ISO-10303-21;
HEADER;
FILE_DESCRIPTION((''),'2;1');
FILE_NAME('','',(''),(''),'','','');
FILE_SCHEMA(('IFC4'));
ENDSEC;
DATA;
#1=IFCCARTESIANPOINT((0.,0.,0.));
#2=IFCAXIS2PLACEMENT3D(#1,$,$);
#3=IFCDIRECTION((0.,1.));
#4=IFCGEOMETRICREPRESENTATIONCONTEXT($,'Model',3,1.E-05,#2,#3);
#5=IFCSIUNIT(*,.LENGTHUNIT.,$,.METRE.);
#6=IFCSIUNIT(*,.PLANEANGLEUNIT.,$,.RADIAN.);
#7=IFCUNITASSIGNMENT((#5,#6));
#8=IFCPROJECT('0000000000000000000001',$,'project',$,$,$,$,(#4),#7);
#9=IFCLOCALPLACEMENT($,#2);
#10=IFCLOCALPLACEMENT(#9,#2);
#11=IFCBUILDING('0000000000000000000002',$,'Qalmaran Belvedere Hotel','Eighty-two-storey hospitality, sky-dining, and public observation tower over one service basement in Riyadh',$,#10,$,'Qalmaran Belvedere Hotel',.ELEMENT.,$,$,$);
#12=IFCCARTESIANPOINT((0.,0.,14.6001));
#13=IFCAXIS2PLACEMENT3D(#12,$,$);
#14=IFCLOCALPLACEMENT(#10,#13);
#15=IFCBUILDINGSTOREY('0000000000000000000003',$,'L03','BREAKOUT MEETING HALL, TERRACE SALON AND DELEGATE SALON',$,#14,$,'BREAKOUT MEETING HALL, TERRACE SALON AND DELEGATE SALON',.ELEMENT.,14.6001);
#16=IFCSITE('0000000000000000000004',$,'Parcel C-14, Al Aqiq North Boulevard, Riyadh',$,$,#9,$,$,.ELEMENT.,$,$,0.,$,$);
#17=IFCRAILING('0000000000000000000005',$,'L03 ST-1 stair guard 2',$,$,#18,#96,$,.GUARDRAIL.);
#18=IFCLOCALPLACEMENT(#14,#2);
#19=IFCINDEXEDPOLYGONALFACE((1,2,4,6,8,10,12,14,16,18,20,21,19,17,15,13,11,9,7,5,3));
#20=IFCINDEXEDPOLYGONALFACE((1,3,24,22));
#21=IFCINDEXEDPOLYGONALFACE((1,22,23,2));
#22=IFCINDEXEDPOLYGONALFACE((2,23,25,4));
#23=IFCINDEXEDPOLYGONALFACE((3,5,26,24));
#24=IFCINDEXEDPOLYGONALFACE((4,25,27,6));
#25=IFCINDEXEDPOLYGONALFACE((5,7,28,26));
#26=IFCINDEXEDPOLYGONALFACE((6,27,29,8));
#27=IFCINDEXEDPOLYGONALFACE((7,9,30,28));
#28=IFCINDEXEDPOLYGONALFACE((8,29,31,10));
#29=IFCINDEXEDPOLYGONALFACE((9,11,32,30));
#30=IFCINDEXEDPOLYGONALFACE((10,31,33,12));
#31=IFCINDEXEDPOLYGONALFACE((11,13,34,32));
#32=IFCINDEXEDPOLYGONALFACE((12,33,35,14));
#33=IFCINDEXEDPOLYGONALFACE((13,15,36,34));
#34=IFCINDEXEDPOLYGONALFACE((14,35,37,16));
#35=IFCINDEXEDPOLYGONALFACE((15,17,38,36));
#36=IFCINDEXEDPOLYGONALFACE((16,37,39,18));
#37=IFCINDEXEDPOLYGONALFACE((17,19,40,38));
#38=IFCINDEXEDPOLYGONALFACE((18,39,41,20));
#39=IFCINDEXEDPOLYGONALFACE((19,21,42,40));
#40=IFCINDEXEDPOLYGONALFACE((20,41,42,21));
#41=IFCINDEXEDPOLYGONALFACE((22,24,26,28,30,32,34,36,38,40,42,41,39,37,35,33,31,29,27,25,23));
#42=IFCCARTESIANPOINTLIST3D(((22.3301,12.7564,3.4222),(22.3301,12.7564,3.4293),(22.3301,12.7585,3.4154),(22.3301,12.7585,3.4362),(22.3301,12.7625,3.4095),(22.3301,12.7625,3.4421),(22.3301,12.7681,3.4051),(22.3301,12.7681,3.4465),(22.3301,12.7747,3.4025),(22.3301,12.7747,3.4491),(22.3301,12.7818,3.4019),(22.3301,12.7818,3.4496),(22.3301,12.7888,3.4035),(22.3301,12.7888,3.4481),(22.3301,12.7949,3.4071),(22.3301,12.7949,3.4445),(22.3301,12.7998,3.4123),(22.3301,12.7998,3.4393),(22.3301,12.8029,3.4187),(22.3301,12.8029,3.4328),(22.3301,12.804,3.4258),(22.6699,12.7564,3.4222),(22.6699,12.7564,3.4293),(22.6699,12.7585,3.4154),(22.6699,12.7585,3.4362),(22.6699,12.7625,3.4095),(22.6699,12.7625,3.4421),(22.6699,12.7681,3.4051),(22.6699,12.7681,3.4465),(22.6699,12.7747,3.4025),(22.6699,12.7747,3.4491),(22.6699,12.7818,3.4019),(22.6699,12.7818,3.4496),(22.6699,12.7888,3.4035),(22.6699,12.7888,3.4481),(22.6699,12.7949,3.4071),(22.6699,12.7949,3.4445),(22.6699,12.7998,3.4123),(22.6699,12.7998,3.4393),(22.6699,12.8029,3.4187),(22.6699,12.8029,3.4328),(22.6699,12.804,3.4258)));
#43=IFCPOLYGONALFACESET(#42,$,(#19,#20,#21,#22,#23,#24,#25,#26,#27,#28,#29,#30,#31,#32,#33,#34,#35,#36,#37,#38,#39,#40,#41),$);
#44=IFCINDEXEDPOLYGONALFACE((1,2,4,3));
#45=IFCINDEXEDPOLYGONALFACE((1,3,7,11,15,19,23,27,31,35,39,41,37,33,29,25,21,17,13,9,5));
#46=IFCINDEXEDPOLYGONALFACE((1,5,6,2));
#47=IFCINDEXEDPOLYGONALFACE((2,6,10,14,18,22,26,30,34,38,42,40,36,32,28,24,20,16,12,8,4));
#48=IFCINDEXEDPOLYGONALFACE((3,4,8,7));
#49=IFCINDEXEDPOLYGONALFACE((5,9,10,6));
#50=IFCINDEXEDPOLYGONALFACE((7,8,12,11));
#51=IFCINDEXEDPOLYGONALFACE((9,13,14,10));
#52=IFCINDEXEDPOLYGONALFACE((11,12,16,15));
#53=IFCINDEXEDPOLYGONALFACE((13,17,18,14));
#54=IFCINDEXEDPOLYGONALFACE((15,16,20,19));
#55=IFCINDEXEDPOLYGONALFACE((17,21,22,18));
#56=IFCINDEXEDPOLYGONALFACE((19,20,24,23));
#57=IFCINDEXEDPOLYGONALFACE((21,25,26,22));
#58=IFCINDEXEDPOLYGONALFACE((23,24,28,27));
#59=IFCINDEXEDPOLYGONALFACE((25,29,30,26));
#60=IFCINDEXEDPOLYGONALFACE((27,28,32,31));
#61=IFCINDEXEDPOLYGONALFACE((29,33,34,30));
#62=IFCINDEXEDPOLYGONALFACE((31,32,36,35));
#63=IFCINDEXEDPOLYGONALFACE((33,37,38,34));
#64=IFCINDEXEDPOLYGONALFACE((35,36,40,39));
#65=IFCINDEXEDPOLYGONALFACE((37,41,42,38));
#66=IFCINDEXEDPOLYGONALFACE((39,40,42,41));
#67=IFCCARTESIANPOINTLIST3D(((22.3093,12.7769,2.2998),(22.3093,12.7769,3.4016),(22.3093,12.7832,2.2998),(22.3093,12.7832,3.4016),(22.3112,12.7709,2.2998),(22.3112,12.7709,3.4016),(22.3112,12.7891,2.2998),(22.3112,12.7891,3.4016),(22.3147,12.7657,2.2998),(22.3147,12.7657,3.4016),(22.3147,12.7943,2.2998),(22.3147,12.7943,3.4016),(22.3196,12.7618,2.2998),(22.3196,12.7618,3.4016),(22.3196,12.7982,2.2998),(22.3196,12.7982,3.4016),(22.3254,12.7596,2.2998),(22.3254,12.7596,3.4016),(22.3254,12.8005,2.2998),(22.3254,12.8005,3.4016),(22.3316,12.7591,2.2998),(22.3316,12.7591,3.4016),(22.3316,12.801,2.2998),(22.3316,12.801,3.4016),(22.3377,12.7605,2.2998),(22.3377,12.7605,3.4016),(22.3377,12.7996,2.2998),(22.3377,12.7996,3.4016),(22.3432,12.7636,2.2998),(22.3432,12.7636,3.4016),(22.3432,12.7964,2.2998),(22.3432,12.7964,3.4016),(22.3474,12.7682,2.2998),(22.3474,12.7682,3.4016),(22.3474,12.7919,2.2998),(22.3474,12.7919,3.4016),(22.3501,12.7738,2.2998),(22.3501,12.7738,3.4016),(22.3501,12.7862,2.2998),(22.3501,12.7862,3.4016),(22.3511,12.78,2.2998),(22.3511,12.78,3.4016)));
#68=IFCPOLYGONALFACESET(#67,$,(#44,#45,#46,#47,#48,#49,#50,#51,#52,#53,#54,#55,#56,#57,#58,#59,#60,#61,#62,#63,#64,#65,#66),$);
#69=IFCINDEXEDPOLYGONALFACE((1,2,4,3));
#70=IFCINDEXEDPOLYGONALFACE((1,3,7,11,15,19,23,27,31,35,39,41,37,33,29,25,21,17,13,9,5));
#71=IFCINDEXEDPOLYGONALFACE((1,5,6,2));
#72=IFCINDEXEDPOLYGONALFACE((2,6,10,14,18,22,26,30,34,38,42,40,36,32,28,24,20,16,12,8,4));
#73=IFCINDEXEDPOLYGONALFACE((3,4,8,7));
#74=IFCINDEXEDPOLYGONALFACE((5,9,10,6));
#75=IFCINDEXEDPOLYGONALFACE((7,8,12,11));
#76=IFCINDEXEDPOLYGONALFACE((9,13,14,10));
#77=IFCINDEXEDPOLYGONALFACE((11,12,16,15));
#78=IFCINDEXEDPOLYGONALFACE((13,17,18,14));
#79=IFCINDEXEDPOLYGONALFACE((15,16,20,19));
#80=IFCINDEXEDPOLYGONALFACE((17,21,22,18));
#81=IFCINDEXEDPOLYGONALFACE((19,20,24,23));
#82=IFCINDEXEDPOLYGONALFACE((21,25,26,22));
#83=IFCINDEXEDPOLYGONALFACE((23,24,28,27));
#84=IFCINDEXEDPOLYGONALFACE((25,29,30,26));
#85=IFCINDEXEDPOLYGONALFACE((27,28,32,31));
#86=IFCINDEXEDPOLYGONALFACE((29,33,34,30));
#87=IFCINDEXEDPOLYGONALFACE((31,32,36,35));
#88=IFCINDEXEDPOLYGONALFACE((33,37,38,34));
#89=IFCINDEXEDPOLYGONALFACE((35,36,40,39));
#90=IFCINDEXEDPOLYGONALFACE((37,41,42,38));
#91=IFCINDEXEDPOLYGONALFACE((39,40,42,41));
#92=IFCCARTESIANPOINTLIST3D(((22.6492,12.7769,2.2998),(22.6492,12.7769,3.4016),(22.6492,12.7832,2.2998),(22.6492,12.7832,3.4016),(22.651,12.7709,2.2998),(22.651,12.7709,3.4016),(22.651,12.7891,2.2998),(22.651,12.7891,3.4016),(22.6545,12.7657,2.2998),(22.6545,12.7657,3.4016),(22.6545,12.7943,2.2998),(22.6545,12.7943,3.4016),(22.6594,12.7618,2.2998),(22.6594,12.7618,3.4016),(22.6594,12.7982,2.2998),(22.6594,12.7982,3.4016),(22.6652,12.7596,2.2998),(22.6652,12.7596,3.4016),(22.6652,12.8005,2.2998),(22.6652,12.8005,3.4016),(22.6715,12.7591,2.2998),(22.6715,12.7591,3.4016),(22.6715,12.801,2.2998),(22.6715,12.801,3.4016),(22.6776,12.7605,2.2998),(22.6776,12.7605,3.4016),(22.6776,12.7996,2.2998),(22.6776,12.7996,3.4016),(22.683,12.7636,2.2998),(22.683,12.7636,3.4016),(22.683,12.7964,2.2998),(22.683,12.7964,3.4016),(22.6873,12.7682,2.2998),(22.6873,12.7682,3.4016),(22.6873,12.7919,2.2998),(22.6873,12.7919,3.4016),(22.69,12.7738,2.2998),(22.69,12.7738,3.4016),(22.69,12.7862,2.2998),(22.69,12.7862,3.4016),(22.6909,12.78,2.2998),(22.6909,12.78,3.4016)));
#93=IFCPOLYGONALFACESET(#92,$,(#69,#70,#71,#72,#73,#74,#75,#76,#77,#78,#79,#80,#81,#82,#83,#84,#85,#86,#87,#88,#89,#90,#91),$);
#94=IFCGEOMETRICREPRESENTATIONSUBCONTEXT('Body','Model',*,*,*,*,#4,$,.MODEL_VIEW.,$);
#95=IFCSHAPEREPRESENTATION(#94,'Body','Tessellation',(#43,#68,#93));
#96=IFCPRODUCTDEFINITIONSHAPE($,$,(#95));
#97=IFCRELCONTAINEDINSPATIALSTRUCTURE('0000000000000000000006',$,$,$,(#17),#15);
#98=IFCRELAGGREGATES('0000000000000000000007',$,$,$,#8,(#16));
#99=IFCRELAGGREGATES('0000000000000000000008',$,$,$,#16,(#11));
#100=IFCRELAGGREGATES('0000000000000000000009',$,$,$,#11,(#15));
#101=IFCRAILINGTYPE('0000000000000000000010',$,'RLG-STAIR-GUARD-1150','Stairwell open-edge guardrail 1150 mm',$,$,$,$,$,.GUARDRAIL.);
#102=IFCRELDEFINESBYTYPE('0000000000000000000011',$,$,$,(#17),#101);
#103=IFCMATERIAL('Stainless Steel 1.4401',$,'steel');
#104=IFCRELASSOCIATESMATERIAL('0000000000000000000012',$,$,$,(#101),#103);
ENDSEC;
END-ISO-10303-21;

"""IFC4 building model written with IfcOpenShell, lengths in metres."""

from ifc_helpers import new_model, si_unit, direction, frame, origin, origin_2d, place, context, subcontext, project, spatial, circle, extrude, material, type_object, element, save


model = new_model("IFC4")

# Units and contexts
model_context = context("Model", 3, precision=1e-05, world=origin(), true_north=direction((0.0, 1.0)))
body_context = subcontext(model_context, "Body", "Model", "MODEL_VIEW")
ifc_project = project(units=[si_unit("LENGTHUNIT", "METRE"), si_unit("PLANEANGLEUNIT", "RADIAN")], contexts=[model_context])

# Site, building, storey
site_placement = place(None, origin())
site = spatial("IfcSite", under=ifc_project, at=site_placement, Name="Parcel C-14, Al Aqiq North Boulevard, Riyadh", CompositionType="ELEMENT", RefElevation=0.0)
building_placement = place(site_placement, origin())
building = spatial("IfcBuilding", under=site, at=building_placement, Name="Qalmaran Belvedere Hotel", Description="Eighty-two-storey hospitality, sky-dining, and public observation tower over one service basement in Riyadh", LongName="Qalmaran Belvedere Hotel", CompositionType="ELEMENT")
storey_placement = place(building_placement, frame((0.0, 0.0, 14.6001)))
storey = spatial("IfcBuildingStorey", under=building, at=storey_placement, Name="L03", Description="BREAKOUT MEETING HALL, TERRACE SALON AND DELEGATE SALON", LongName="BREAKOUT MEETING HALL, TERRACE SALON AND DELEGATE SALON", CompositionType="ELEMENT", Elevation=14.6001)

# Shared definitions
ifc_material_1 = material(Name="Stainless Steel 1.4401", Category="steel")

# Railing
railing_type_1 = type_object("IfcRailingType", Name="RLG-STAIR-GUARD-1150", Description="Stairwell open-edge guardrail 1150 mm", PredefinedType="GUARDRAIL", material=ifc_material_1)
railing_1_placement = place(storey_placement, frame((22.3301, 12.78, 2.2998)))
element("IfcRailing", 1, at=railing_1_placement, inside=storey, type_object=railing_type_1, Name="L03 ST-1 stair guard 2", PredefinedType="GUARDRAIL", context=body_context, shape_type="SweptSolid", body=[
    extrude(circle(Radius=0.0239, at=origin_2d()), frame((0.0, 0.0, 1.126), z_axis=(1.0, 0.0, 0.0), x_axis=(0.0, 1.0, 0.0)), (0.0, 0.0, 1.0), 0.3398),
    extrude(circle(Radius=0.021, at=origin_2d()), origin(), (0.0, 0.0, 1.0), 1.1018),
    extrude(circle(Radius=0.021, at=origin_2d()), frame((0.3398, 0.0, 0.0)), (0.0, 0.0, 1.0), 1.1018),
])

save(model, "model.ifc")
